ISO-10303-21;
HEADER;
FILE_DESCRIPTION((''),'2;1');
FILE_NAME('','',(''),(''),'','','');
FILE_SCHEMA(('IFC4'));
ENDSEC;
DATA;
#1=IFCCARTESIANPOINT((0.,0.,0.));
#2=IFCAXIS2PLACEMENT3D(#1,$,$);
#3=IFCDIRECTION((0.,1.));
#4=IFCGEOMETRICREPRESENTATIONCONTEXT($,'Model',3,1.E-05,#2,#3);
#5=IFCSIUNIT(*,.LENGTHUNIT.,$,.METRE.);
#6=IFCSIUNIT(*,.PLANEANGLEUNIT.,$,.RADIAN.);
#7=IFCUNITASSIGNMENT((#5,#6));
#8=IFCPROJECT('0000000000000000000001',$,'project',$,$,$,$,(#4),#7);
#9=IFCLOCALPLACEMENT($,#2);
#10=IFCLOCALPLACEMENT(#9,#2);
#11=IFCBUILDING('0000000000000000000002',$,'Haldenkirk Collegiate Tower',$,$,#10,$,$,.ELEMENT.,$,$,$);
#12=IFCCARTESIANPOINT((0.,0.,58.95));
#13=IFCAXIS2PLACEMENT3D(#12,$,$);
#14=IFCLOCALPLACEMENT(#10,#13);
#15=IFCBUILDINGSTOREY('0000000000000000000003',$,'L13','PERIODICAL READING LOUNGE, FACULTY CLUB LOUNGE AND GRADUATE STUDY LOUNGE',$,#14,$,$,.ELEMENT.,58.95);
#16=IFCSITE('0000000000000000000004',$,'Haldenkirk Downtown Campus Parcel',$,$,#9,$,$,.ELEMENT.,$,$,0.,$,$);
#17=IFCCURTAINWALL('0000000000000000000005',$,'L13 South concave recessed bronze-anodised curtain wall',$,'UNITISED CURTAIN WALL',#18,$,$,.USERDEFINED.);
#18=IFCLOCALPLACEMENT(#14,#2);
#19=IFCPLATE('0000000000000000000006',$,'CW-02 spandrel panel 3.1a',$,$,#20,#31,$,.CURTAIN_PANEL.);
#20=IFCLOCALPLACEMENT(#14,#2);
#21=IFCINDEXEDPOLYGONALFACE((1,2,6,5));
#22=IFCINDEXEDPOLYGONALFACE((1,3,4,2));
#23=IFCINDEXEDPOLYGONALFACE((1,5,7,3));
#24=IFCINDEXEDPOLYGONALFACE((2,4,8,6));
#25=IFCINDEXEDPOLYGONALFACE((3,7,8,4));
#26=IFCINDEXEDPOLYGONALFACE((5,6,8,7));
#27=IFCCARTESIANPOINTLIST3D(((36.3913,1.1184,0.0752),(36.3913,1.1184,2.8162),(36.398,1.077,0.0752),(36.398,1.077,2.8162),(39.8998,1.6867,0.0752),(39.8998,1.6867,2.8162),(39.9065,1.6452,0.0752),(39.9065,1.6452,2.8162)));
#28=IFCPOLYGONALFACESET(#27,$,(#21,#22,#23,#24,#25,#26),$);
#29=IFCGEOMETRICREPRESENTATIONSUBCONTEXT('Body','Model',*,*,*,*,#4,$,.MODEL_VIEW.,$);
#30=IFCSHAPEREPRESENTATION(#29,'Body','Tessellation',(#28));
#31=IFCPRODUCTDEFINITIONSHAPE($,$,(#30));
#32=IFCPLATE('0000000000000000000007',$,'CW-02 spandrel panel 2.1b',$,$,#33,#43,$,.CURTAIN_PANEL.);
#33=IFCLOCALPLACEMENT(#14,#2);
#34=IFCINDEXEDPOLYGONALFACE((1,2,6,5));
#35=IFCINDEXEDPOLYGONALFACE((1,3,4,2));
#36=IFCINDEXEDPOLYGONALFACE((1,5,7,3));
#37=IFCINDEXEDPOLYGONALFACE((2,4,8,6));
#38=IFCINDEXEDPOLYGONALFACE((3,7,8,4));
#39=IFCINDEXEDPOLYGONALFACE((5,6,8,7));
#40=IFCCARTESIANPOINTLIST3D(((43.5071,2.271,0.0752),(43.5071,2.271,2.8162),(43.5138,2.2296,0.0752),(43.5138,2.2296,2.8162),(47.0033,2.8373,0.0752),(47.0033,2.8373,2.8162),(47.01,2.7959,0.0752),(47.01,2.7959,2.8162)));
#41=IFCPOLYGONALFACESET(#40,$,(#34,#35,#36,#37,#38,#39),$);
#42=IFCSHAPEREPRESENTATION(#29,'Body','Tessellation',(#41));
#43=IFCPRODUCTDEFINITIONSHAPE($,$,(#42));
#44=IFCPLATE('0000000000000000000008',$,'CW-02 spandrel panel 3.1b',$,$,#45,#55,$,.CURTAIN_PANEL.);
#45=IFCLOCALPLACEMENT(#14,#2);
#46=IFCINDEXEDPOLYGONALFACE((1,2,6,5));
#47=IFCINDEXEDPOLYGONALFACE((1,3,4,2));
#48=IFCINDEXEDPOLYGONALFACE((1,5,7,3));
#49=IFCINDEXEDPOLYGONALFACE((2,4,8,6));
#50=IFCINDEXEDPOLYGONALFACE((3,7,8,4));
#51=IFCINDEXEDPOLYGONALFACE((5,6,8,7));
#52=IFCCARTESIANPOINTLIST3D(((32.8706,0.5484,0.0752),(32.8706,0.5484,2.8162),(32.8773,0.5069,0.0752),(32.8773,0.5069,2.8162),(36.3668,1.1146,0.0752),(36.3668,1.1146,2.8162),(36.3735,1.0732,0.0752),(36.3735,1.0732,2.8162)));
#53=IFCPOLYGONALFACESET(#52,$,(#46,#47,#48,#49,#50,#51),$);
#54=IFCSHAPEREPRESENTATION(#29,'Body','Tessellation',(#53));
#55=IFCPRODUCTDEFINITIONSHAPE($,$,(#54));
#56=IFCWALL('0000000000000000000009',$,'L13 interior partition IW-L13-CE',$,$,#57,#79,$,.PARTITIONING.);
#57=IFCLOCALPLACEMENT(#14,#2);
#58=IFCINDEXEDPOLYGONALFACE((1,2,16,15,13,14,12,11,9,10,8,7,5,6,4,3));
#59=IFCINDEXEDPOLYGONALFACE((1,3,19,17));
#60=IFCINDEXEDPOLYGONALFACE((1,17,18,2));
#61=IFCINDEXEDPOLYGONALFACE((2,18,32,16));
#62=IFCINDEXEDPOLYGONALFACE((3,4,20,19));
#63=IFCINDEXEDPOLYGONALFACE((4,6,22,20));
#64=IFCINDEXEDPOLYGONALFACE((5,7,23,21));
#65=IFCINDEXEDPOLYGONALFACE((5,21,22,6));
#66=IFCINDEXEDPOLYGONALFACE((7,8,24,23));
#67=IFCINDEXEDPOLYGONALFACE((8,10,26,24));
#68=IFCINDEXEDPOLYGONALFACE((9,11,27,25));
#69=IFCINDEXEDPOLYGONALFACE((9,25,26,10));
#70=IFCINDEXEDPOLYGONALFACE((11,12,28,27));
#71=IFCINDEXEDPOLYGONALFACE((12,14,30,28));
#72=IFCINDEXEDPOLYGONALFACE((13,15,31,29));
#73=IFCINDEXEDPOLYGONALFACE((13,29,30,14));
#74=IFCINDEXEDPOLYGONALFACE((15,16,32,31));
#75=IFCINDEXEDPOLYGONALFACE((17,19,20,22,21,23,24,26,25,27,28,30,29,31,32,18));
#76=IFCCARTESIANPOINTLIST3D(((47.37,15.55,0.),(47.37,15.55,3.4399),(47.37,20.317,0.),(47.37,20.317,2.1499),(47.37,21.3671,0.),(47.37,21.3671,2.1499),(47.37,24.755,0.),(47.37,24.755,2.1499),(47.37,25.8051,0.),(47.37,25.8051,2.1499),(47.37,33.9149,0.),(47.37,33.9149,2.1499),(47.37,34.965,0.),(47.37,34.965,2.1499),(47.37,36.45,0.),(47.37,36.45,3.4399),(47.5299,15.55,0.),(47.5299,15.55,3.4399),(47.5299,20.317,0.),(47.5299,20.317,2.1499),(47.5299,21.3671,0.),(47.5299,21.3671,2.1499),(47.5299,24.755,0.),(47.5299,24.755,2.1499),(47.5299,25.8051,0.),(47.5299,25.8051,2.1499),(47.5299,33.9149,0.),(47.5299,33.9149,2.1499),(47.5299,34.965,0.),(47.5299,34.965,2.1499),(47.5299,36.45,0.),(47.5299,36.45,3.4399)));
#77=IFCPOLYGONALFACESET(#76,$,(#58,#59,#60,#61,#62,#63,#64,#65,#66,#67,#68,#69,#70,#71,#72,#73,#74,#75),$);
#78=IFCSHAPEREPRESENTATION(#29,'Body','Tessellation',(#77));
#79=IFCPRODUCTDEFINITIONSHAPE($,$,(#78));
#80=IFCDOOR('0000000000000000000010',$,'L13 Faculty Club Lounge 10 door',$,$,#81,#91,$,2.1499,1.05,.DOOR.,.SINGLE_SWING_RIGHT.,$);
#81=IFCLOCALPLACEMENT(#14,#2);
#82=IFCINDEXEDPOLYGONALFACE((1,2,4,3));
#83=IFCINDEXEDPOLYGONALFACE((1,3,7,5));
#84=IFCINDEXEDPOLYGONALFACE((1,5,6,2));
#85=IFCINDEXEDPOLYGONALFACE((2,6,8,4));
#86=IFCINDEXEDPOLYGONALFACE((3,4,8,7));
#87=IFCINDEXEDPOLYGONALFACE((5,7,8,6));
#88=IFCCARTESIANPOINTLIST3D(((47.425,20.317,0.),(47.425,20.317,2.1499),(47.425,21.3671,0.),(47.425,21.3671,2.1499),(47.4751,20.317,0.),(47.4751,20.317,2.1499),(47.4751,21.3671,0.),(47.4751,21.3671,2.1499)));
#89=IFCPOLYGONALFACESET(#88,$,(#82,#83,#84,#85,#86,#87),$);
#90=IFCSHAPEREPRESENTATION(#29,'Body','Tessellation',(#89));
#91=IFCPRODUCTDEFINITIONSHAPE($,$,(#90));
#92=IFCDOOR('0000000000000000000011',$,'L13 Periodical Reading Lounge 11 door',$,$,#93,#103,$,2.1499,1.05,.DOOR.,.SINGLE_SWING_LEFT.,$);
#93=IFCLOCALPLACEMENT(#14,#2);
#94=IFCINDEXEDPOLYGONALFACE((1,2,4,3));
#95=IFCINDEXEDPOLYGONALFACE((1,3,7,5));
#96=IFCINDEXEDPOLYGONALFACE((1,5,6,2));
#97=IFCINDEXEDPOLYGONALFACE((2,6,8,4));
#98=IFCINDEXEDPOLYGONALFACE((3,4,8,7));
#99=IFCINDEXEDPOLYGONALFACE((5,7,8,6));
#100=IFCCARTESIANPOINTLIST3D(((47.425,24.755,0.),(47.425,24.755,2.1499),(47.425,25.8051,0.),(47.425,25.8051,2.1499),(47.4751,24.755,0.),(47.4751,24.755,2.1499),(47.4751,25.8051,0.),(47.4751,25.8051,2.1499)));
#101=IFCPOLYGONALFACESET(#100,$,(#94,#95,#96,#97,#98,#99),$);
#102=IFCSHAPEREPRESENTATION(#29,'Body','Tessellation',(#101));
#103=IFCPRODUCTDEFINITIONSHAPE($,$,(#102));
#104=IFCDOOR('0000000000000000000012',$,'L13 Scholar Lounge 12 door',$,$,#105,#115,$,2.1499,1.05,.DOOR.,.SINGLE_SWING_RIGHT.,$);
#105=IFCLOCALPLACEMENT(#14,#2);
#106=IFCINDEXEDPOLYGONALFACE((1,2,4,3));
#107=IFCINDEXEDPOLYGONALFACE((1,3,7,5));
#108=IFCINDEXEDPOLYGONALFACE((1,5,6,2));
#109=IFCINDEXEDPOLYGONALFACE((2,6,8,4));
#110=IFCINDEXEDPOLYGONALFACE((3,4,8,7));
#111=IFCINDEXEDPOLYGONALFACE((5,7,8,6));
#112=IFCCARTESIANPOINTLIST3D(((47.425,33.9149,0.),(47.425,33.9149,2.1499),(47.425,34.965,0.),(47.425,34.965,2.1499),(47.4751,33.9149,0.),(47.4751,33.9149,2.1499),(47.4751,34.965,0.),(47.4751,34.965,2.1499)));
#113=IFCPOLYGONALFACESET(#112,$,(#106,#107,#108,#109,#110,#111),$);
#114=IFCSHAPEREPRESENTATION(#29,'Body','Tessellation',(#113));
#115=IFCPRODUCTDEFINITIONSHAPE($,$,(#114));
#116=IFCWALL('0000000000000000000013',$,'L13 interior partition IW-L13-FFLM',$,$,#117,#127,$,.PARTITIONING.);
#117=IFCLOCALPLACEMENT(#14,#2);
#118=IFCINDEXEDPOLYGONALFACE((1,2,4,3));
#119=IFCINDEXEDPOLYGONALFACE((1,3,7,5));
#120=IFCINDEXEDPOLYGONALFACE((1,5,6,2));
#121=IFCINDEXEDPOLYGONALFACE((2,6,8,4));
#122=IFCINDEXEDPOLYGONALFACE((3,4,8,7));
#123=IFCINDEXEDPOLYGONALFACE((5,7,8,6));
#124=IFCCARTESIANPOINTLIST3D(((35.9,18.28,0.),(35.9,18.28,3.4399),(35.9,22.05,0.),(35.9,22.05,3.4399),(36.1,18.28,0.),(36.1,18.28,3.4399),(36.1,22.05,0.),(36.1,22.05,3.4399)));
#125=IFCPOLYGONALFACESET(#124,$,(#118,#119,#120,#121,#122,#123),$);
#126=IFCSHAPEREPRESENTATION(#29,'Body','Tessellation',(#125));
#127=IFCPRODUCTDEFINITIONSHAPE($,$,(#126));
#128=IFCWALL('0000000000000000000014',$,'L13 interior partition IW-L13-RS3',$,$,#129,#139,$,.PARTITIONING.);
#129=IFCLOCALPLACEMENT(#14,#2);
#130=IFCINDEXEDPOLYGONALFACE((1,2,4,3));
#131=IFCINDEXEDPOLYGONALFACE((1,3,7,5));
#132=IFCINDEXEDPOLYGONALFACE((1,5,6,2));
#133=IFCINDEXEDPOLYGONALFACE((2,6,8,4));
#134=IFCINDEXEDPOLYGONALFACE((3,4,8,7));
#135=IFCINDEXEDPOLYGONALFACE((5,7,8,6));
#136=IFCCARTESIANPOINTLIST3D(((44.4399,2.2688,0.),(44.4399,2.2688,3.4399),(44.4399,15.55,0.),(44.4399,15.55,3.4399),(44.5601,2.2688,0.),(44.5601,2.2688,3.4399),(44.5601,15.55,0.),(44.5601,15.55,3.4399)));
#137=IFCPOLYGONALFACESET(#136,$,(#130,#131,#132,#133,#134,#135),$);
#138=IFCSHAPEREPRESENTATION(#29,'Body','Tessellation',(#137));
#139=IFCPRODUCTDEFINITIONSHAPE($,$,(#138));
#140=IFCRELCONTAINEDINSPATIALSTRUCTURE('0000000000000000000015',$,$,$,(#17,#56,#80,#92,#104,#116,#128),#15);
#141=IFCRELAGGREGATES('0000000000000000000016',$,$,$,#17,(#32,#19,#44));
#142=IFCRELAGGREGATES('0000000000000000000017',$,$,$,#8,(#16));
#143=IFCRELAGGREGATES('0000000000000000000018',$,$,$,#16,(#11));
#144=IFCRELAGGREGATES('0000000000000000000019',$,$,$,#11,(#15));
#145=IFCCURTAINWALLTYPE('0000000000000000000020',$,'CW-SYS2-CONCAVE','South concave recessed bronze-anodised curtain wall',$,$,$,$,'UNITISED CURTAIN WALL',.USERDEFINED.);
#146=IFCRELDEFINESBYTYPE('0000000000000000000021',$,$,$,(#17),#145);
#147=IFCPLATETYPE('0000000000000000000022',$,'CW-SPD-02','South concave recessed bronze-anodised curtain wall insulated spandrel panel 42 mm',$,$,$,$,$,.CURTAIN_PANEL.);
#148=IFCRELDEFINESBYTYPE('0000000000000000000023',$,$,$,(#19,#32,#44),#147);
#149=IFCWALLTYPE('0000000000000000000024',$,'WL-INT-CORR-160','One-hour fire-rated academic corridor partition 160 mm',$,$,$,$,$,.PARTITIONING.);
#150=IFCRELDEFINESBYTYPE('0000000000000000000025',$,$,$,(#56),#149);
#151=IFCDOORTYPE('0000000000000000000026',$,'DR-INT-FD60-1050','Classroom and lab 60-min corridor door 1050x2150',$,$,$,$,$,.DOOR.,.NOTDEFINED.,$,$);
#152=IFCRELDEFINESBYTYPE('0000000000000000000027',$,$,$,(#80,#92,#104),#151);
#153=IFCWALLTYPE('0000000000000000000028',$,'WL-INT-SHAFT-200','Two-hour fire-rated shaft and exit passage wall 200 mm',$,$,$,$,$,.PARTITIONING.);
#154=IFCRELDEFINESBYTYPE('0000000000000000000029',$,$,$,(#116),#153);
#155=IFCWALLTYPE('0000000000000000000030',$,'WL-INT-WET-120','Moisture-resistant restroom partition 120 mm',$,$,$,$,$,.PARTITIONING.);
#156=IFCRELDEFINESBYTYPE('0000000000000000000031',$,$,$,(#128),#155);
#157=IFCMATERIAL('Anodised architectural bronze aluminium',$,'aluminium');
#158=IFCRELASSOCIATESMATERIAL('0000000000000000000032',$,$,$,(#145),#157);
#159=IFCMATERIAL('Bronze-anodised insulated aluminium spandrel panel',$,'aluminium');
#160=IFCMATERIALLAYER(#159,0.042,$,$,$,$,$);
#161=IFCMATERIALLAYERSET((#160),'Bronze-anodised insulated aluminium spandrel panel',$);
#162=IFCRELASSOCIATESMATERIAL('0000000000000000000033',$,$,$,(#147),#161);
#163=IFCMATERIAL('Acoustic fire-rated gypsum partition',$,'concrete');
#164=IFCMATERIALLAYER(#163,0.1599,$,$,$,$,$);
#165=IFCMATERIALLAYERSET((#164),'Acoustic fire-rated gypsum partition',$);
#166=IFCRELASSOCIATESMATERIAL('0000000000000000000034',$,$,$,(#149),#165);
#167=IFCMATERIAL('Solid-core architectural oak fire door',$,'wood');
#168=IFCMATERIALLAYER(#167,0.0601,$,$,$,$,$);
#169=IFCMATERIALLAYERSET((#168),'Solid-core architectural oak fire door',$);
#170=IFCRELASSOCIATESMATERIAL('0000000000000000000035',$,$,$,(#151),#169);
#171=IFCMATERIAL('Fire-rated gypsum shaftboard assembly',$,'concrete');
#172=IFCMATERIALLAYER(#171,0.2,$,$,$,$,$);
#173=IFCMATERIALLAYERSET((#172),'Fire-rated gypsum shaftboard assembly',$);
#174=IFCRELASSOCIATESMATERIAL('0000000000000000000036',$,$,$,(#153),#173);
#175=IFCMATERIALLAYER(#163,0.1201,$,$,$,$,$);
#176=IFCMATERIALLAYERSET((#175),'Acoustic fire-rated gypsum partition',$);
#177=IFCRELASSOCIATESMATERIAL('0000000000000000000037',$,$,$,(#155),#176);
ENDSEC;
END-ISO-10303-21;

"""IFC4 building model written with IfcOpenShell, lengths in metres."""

from ifc_helpers import new_model, si_unit, direction, frame, frame_2d, origin, origin_2d, place, context, subcontext, project, spatial, rectangle, extrude, source, transform, mapped, material, layer, layer_set, type_object, element, fill, aggregate, save


model = new_model("IFC4")

# Units and contexts
model_context = context("Model", 3, precision=1e-05, world=origin(), true_north=direction((0.0, 1.0)))
body_context = subcontext(model_context, "Body", "Model", "MODEL_VIEW")
ifc_project = project(units=[si_unit("LENGTHUNIT", "METRE"), si_unit("PLANEANGLEUNIT", "RADIAN")], contexts=[model_context])

# Site, building, storey
site_placement = place(None, origin())
site = spatial("IfcSite", under=ifc_project, at=site_placement, Name="Haldenkirk Downtown Campus Parcel", CompositionType="ELEMENT", RefElevation=0.0)
building_placement = place(site_placement, origin())
building = spatial("IfcBuilding", under=site, at=building_placement, Name="Haldenkirk Collegiate Tower", CompositionType="ELEMENT")
storey_placement = place(building_placement, frame((0.0, 0.0, 58.95)))
storey = spatial("IfcBuildingStorey", under=building, at=storey_placement, Name="L13", Description="PERIODICAL READING LOUNGE, FACULTY CLUB LOUNGE AND GRADUATE STUDY LOUNGE", CompositionType="ELEMENT", Elevation=58.95)

# Curtain wall
ifc_material_1 = material(Name="Anodised architectural bronze aluminium", Category="aluminium")
curtain_wall_type = type_object("IfcCurtainWallType", Name="CW-SYS2-CONCAVE", Description="South concave recessed bronze-anodised curtain wall", ElementType="UNITISED CURTAIN WALL", PredefinedType="USERDEFINED", material=ifc_material_1)
curtain_wall_placement = place(storey_placement, origin())
curtain_wall = element("IfcCurtainWall", 1, at=curtain_wall_placement, inside=storey, type_object=curtain_wall_type, Name="L13 South concave recessed bronze-anodised curtain wall", ObjectType="UNITISED CURTAIN WALL", PredefinedType="USERDEFINED")

# Plates
ifc_material_2 = material(Name="Bronze-anodised insulated aluminium spandrel panel", Category="aluminium")
ifc_layer_1 = layer(ifc_material_2, 0.042)
ifc_layer_set_1 = layer_set([ifc_layer_1], Name="Bronze-anodised insulated aluminium spandrel panel")
plate_type_1 = type_object("IfcPlateType", Name="CW-SPD-02", Description="South concave recessed bronze-anodised curtain wall insulated spandrel panel 42 mm", PredefinedType="CURTAIN_PANEL", material=ifc_layer_set_1)
shared_shape_1 = source(origin(), body_context, "Body", "SweptSolid", [
    extrude(rectangle(XDim=3.5542, YDim=0.042, at=origin_2d()), origin(), (0.0, 0.0, 1.0), 2.741),
])
plate_1_placement = place(storey_placement, frame((38.1489, 1.3818, 0.0752), z_axis=(0.0, 0.0, 1.0), x_axis=(-0.987136, -0.159881, 0.0)))
plate_1 = element("IfcPlate", 2, at=plate_1_placement, type_object=plate_type_1, Name="CW-02 spandrel panel 3.1a", PredefinedType="CURTAIN_PANEL", context=body_context, shape_type="MappedRepresentation", body=[
    mapped(shared_shape_1, transform((0.0, 0.0, 0.0), x_axis=(1.0, 0.0, 0.0), y_axis=(0.0, 1.0, 0.0), z_axis=(0.0, 0.0, 1.0), scale=1.0)),
])
shared_shape_2 = source(origin(), body_context, "Body", "SweptSolid", [
    extrude(rectangle(XDim=3.5417, YDim=0.042, at=origin_2d()), origin(), (0.0, 0.0, 1.0), 2.741),
])
plate_2_placement = place(storey_placement, frame((45.2585, 2.5334, 0.0752), z_axis=(0.0, 0.0, 1.0), x_axis=(-0.987136, -0.159881, 0.0)))
plate_2 = element("IfcPlate", 3, at=plate_2_placement, type_object=plate_type_1, Name="CW-02 spandrel panel 2.1b", PredefinedType="CURTAIN_PANEL", context=body_context, shape_type="MappedRepresentation", body=[
    mapped(shared_shape_2, transform((0.0, 0.0, 0.0), x_axis=(1.0, 0.0, 0.0), y_axis=(0.0, 1.0, 0.0), z_axis=(0.0, 0.0, 1.0), scale=1.0)),
])
plate_3_placement = place(storey_placement, frame((34.6221, 0.8108, 0.0752), z_axis=(0.0, 0.0, 1.0), x_axis=(-0.987136, -0.159881, 0.0)))
plate_3 = element("IfcPlate", 4, at=plate_3_placement, type_object=plate_type_1, Name="CW-02 spandrel panel 3.1b", PredefinedType="CURTAIN_PANEL", context=body_context, shape_type="MappedRepresentation", body=[
    mapped(shared_shape_2, transform((0.0, 0.0, 0.0), x_axis=(1.0, 0.0, 0.0), y_axis=(0.0, 1.0, 0.0), z_axis=(0.0, 0.0, 1.0), scale=1.0)),
])
aggregate(curtain_wall, [plate_2, plate_1, plate_3])

# Wall, openings, doors
ifc_material_3 = material(Name="Acoustic fire-rated gypsum partition", Category="concrete")
ifc_layer_2 = layer(ifc_material_3, 0.1599)
ifc_layer_set_2 = layer_set([ifc_layer_2], Name="Acoustic fire-rated gypsum partition")
wall_type_1 = type_object("IfcWallType", Name="WL-INT-CORR-160", Description="One-hour fire-rated academic corridor partition 160 mm", PredefinedType="PARTITIONING", material=ifc_layer_set_2)
wall_1_placement = place(storey_placement, frame((47.45, 15.55, 0.0), z_axis=(0.0, 0.0, 1.0), x_axis=(0.0, 1.0, 0.0)))
wall_1 = element("IfcWall", 5, at=wall_1_placement, inside=storey, type_object=wall_type_1, Name="L13 interior partition IW-L13-CE", PredefinedType="PARTITIONING", context=body_context, shape_type="SweptSolid", body=[
    extrude(rectangle(XDim=20.8999, YDim=0.1599, at=frame_2d((10.45, 0.0))), origin(), (0.0, 0.0, 1.0), 3.4399),
])
opening_1_placement = place(wall_1_placement, frame((4.7671, 0.0, 0.0)))
opening_1 = element("IfcOpeningElement", 6, at=opening_1_placement, cuts=wall_1, PredefinedType="OPENING", context=body_context, shape_type="SweptSolid", body=[
    extrude(rectangle(XDim=1.05, YDim=2.1499, at=frame_2d((0.5249, 1.075))), frame((0.0, 0.0898, 0.0), z_axis=(0.0, -1.0, 0.0), x_axis=(1.0, 0.0, 0.0)), (0.0, 0.0, 1.0), 0.1799),
])
opening_2_placement = place(wall_1_placement, frame((9.2051, 0.0, 0.0)))
opening_2 = element("IfcOpeningElement", 7, at=opening_2_placement, cuts=wall_1, PredefinedType="OPENING", context=body_context, shape_type="SweptSolid", body=[
    extrude(rectangle(XDim=1.05, YDim=2.1499, at=frame_2d((0.5249, 1.075))), frame((0.0, 0.0898, 0.0), z_axis=(0.0, -1.0, 0.0), x_axis=(1.0, 0.0, 0.0)), (0.0, 0.0, 1.0), 0.1799),
])
opening_3_placement = place(wall_1_placement, frame((18.365, 0.0, 0.0)))
opening_3 = element("IfcOpeningElement", 8, at=opening_3_placement, cuts=wall_1, PredefinedType="OPENING", context=body_context, shape_type="SweptSolid", body=[
    extrude(rectangle(XDim=1.05, YDim=2.1499, at=frame_2d((0.5249, 1.075))), frame((0.0, 0.0898, 0.0), z_axis=(0.0, -1.0, 0.0), x_axis=(1.0, 0.0, 0.0)), (0.0, 0.0, 1.0), 0.1799),
])
ifc_material_4 = material(Name="Solid-core architectural oak fire door", Category="wood")
ifc_layer_3 = layer(ifc_material_4, 0.0601)
ifc_layer_set_3 = layer_set([ifc_layer_3], Name="Solid-core architectural oak fire door")
door_type_1 = type_object("IfcDoorType", Name="DR-INT-FD60-1050", Description="Classroom and lab 60-min corridor door 1050x2150", OperationType="NOTDEFINED", PredefinedType="DOOR", material=ifc_layer_set_3)
door_1_placement = place(opening_1_placement, origin())
door_1 = element("IfcDoor", 9, at=door_1_placement, inside=storey, type_object=door_type_1, Name="L13 Faculty Club Lounge 10 door", OperationType="SINGLE_SWING_RIGHT", OverallHeight=2.1499, OverallWidth=1.05, PredefinedType="DOOR", context=body_context, shape_type="SweptSolid", body=[
    extrude(rectangle(XDim=1.05, YDim=2.1499, at=frame_2d((0.5249, 1.075))), frame((0.0, 0.0249, 0.0), z_axis=(0.0, -1.0, 0.0), x_axis=(1.0, 0.0, 0.0)), (0.0, 0.0, 1.0), 0.05),
])
fill(opening_1, door_1)
door_2_placement = place(opening_2_placement, origin())
door_2 = element("IfcDoor", 10, at=door_2_placement, inside=storey, type_object=door_type_1, Name="L13 Periodical Reading Lounge 11 door", OperationType="SINGLE_SWING_LEFT", OverallHeight=2.1499, OverallWidth=1.05, PredefinedType="DOOR", context=body_context, shape_type="SweptSolid", body=[
    extrude(rectangle(XDim=1.05, YDim=2.1499, at=frame_2d((0.5249, 1.075))), frame((0.0, 0.0249, 0.0), z_axis=(0.0, -1.0, 0.0), x_axis=(1.0, 0.0, 0.0)), (0.0, 0.0, 1.0), 0.05),
])
fill(opening_2, door_2)
door_3_placement = place(opening_3_placement, origin())
door_3 = element("IfcDoor", 11, at=door_3_placement, inside=storey, type_object=door_type_1, Name="L13 Scholar Lounge 12 door", OperationType="SINGLE_SWING_RIGHT", OverallHeight=2.1499, OverallWidth=1.05, PredefinedType="DOOR", context=body_context, shape_type="SweptSolid", body=[
    extrude(rectangle(XDim=1.05, YDim=2.1499, at=frame_2d((0.5249, 1.075))), frame((0.0, 0.0249, 0.0), z_axis=(0.0, -1.0, 0.0), x_axis=(1.0, 0.0, 0.0)), (0.0, 0.0, 1.0), 0.05),
])
fill(opening_3, door_3)

# Walls
ifc_material_5 = material(Name="Fire-rated gypsum shaftboard assembly", Category="concrete")
ifc_layer_4 = layer(ifc_material_5, 0.2)
ifc_layer_set_4 = layer_set([ifc_layer_4], Name="Fire-rated gypsum shaftboard assembly")
wall_type_2 = type_object("IfcWallType", Name="WL-INT-SHAFT-200", Description="Two-hour fire-rated shaft and exit passage wall 200 mm", PredefinedType="PARTITIONING", material=ifc_layer_set_4)
wall_2_placement = place(storey_placement, frame((36.0, 18.28, 0.0), z_axis=(0.0, 0.0, 1.0), x_axis=(0.0, 1.0, 0.0)))
element("IfcWall", 12, at=wall_2_placement, inside=storey, type_object=wall_type_2, Name="L13 interior partition IW-L13-FFLM", PredefinedType="PARTITIONING", context=body_context, shape_type="SweptSolid", body=[
    extrude(rectangle(XDim=3.77, YDim=0.2, at=frame_2d((1.885, 0.0))), origin(), (0.0, 0.0, 1.0), 3.4399),
])
ifc_layer_5 = layer(ifc_material_3, 0.1201)
ifc_layer_set_5 = layer_set([ifc_layer_5], Name="Acoustic fire-rated gypsum partition")
wall_type_3 = type_object("IfcWallType", Name="WL-INT-WET-120", Description="Moisture-resistant restroom partition 120 mm", PredefinedType="PARTITIONING", material=ifc_layer_set_5)
wall_3_placement = place(storey_placement, frame((44.5, 2.2688, 0.0), z_axis=(0.0, 0.0, 1.0), x_axis=(0.0, 1.0, 0.0)))
element("IfcWall", 13, at=wall_3_placement, inside=storey, type_object=wall_type_3, Name="L13 interior partition IW-L13-RS3", PredefinedType="PARTITIONING", context=body_context, shape_type="SweptSolid", body=[
    extrude(rectangle(XDim=13.2812, YDim=0.1201, at=frame_2d((6.6406, 0.0))), origin(), (0.0, 0.0, 1.0), 3.4399),
])

save(model, "model.ifc")
